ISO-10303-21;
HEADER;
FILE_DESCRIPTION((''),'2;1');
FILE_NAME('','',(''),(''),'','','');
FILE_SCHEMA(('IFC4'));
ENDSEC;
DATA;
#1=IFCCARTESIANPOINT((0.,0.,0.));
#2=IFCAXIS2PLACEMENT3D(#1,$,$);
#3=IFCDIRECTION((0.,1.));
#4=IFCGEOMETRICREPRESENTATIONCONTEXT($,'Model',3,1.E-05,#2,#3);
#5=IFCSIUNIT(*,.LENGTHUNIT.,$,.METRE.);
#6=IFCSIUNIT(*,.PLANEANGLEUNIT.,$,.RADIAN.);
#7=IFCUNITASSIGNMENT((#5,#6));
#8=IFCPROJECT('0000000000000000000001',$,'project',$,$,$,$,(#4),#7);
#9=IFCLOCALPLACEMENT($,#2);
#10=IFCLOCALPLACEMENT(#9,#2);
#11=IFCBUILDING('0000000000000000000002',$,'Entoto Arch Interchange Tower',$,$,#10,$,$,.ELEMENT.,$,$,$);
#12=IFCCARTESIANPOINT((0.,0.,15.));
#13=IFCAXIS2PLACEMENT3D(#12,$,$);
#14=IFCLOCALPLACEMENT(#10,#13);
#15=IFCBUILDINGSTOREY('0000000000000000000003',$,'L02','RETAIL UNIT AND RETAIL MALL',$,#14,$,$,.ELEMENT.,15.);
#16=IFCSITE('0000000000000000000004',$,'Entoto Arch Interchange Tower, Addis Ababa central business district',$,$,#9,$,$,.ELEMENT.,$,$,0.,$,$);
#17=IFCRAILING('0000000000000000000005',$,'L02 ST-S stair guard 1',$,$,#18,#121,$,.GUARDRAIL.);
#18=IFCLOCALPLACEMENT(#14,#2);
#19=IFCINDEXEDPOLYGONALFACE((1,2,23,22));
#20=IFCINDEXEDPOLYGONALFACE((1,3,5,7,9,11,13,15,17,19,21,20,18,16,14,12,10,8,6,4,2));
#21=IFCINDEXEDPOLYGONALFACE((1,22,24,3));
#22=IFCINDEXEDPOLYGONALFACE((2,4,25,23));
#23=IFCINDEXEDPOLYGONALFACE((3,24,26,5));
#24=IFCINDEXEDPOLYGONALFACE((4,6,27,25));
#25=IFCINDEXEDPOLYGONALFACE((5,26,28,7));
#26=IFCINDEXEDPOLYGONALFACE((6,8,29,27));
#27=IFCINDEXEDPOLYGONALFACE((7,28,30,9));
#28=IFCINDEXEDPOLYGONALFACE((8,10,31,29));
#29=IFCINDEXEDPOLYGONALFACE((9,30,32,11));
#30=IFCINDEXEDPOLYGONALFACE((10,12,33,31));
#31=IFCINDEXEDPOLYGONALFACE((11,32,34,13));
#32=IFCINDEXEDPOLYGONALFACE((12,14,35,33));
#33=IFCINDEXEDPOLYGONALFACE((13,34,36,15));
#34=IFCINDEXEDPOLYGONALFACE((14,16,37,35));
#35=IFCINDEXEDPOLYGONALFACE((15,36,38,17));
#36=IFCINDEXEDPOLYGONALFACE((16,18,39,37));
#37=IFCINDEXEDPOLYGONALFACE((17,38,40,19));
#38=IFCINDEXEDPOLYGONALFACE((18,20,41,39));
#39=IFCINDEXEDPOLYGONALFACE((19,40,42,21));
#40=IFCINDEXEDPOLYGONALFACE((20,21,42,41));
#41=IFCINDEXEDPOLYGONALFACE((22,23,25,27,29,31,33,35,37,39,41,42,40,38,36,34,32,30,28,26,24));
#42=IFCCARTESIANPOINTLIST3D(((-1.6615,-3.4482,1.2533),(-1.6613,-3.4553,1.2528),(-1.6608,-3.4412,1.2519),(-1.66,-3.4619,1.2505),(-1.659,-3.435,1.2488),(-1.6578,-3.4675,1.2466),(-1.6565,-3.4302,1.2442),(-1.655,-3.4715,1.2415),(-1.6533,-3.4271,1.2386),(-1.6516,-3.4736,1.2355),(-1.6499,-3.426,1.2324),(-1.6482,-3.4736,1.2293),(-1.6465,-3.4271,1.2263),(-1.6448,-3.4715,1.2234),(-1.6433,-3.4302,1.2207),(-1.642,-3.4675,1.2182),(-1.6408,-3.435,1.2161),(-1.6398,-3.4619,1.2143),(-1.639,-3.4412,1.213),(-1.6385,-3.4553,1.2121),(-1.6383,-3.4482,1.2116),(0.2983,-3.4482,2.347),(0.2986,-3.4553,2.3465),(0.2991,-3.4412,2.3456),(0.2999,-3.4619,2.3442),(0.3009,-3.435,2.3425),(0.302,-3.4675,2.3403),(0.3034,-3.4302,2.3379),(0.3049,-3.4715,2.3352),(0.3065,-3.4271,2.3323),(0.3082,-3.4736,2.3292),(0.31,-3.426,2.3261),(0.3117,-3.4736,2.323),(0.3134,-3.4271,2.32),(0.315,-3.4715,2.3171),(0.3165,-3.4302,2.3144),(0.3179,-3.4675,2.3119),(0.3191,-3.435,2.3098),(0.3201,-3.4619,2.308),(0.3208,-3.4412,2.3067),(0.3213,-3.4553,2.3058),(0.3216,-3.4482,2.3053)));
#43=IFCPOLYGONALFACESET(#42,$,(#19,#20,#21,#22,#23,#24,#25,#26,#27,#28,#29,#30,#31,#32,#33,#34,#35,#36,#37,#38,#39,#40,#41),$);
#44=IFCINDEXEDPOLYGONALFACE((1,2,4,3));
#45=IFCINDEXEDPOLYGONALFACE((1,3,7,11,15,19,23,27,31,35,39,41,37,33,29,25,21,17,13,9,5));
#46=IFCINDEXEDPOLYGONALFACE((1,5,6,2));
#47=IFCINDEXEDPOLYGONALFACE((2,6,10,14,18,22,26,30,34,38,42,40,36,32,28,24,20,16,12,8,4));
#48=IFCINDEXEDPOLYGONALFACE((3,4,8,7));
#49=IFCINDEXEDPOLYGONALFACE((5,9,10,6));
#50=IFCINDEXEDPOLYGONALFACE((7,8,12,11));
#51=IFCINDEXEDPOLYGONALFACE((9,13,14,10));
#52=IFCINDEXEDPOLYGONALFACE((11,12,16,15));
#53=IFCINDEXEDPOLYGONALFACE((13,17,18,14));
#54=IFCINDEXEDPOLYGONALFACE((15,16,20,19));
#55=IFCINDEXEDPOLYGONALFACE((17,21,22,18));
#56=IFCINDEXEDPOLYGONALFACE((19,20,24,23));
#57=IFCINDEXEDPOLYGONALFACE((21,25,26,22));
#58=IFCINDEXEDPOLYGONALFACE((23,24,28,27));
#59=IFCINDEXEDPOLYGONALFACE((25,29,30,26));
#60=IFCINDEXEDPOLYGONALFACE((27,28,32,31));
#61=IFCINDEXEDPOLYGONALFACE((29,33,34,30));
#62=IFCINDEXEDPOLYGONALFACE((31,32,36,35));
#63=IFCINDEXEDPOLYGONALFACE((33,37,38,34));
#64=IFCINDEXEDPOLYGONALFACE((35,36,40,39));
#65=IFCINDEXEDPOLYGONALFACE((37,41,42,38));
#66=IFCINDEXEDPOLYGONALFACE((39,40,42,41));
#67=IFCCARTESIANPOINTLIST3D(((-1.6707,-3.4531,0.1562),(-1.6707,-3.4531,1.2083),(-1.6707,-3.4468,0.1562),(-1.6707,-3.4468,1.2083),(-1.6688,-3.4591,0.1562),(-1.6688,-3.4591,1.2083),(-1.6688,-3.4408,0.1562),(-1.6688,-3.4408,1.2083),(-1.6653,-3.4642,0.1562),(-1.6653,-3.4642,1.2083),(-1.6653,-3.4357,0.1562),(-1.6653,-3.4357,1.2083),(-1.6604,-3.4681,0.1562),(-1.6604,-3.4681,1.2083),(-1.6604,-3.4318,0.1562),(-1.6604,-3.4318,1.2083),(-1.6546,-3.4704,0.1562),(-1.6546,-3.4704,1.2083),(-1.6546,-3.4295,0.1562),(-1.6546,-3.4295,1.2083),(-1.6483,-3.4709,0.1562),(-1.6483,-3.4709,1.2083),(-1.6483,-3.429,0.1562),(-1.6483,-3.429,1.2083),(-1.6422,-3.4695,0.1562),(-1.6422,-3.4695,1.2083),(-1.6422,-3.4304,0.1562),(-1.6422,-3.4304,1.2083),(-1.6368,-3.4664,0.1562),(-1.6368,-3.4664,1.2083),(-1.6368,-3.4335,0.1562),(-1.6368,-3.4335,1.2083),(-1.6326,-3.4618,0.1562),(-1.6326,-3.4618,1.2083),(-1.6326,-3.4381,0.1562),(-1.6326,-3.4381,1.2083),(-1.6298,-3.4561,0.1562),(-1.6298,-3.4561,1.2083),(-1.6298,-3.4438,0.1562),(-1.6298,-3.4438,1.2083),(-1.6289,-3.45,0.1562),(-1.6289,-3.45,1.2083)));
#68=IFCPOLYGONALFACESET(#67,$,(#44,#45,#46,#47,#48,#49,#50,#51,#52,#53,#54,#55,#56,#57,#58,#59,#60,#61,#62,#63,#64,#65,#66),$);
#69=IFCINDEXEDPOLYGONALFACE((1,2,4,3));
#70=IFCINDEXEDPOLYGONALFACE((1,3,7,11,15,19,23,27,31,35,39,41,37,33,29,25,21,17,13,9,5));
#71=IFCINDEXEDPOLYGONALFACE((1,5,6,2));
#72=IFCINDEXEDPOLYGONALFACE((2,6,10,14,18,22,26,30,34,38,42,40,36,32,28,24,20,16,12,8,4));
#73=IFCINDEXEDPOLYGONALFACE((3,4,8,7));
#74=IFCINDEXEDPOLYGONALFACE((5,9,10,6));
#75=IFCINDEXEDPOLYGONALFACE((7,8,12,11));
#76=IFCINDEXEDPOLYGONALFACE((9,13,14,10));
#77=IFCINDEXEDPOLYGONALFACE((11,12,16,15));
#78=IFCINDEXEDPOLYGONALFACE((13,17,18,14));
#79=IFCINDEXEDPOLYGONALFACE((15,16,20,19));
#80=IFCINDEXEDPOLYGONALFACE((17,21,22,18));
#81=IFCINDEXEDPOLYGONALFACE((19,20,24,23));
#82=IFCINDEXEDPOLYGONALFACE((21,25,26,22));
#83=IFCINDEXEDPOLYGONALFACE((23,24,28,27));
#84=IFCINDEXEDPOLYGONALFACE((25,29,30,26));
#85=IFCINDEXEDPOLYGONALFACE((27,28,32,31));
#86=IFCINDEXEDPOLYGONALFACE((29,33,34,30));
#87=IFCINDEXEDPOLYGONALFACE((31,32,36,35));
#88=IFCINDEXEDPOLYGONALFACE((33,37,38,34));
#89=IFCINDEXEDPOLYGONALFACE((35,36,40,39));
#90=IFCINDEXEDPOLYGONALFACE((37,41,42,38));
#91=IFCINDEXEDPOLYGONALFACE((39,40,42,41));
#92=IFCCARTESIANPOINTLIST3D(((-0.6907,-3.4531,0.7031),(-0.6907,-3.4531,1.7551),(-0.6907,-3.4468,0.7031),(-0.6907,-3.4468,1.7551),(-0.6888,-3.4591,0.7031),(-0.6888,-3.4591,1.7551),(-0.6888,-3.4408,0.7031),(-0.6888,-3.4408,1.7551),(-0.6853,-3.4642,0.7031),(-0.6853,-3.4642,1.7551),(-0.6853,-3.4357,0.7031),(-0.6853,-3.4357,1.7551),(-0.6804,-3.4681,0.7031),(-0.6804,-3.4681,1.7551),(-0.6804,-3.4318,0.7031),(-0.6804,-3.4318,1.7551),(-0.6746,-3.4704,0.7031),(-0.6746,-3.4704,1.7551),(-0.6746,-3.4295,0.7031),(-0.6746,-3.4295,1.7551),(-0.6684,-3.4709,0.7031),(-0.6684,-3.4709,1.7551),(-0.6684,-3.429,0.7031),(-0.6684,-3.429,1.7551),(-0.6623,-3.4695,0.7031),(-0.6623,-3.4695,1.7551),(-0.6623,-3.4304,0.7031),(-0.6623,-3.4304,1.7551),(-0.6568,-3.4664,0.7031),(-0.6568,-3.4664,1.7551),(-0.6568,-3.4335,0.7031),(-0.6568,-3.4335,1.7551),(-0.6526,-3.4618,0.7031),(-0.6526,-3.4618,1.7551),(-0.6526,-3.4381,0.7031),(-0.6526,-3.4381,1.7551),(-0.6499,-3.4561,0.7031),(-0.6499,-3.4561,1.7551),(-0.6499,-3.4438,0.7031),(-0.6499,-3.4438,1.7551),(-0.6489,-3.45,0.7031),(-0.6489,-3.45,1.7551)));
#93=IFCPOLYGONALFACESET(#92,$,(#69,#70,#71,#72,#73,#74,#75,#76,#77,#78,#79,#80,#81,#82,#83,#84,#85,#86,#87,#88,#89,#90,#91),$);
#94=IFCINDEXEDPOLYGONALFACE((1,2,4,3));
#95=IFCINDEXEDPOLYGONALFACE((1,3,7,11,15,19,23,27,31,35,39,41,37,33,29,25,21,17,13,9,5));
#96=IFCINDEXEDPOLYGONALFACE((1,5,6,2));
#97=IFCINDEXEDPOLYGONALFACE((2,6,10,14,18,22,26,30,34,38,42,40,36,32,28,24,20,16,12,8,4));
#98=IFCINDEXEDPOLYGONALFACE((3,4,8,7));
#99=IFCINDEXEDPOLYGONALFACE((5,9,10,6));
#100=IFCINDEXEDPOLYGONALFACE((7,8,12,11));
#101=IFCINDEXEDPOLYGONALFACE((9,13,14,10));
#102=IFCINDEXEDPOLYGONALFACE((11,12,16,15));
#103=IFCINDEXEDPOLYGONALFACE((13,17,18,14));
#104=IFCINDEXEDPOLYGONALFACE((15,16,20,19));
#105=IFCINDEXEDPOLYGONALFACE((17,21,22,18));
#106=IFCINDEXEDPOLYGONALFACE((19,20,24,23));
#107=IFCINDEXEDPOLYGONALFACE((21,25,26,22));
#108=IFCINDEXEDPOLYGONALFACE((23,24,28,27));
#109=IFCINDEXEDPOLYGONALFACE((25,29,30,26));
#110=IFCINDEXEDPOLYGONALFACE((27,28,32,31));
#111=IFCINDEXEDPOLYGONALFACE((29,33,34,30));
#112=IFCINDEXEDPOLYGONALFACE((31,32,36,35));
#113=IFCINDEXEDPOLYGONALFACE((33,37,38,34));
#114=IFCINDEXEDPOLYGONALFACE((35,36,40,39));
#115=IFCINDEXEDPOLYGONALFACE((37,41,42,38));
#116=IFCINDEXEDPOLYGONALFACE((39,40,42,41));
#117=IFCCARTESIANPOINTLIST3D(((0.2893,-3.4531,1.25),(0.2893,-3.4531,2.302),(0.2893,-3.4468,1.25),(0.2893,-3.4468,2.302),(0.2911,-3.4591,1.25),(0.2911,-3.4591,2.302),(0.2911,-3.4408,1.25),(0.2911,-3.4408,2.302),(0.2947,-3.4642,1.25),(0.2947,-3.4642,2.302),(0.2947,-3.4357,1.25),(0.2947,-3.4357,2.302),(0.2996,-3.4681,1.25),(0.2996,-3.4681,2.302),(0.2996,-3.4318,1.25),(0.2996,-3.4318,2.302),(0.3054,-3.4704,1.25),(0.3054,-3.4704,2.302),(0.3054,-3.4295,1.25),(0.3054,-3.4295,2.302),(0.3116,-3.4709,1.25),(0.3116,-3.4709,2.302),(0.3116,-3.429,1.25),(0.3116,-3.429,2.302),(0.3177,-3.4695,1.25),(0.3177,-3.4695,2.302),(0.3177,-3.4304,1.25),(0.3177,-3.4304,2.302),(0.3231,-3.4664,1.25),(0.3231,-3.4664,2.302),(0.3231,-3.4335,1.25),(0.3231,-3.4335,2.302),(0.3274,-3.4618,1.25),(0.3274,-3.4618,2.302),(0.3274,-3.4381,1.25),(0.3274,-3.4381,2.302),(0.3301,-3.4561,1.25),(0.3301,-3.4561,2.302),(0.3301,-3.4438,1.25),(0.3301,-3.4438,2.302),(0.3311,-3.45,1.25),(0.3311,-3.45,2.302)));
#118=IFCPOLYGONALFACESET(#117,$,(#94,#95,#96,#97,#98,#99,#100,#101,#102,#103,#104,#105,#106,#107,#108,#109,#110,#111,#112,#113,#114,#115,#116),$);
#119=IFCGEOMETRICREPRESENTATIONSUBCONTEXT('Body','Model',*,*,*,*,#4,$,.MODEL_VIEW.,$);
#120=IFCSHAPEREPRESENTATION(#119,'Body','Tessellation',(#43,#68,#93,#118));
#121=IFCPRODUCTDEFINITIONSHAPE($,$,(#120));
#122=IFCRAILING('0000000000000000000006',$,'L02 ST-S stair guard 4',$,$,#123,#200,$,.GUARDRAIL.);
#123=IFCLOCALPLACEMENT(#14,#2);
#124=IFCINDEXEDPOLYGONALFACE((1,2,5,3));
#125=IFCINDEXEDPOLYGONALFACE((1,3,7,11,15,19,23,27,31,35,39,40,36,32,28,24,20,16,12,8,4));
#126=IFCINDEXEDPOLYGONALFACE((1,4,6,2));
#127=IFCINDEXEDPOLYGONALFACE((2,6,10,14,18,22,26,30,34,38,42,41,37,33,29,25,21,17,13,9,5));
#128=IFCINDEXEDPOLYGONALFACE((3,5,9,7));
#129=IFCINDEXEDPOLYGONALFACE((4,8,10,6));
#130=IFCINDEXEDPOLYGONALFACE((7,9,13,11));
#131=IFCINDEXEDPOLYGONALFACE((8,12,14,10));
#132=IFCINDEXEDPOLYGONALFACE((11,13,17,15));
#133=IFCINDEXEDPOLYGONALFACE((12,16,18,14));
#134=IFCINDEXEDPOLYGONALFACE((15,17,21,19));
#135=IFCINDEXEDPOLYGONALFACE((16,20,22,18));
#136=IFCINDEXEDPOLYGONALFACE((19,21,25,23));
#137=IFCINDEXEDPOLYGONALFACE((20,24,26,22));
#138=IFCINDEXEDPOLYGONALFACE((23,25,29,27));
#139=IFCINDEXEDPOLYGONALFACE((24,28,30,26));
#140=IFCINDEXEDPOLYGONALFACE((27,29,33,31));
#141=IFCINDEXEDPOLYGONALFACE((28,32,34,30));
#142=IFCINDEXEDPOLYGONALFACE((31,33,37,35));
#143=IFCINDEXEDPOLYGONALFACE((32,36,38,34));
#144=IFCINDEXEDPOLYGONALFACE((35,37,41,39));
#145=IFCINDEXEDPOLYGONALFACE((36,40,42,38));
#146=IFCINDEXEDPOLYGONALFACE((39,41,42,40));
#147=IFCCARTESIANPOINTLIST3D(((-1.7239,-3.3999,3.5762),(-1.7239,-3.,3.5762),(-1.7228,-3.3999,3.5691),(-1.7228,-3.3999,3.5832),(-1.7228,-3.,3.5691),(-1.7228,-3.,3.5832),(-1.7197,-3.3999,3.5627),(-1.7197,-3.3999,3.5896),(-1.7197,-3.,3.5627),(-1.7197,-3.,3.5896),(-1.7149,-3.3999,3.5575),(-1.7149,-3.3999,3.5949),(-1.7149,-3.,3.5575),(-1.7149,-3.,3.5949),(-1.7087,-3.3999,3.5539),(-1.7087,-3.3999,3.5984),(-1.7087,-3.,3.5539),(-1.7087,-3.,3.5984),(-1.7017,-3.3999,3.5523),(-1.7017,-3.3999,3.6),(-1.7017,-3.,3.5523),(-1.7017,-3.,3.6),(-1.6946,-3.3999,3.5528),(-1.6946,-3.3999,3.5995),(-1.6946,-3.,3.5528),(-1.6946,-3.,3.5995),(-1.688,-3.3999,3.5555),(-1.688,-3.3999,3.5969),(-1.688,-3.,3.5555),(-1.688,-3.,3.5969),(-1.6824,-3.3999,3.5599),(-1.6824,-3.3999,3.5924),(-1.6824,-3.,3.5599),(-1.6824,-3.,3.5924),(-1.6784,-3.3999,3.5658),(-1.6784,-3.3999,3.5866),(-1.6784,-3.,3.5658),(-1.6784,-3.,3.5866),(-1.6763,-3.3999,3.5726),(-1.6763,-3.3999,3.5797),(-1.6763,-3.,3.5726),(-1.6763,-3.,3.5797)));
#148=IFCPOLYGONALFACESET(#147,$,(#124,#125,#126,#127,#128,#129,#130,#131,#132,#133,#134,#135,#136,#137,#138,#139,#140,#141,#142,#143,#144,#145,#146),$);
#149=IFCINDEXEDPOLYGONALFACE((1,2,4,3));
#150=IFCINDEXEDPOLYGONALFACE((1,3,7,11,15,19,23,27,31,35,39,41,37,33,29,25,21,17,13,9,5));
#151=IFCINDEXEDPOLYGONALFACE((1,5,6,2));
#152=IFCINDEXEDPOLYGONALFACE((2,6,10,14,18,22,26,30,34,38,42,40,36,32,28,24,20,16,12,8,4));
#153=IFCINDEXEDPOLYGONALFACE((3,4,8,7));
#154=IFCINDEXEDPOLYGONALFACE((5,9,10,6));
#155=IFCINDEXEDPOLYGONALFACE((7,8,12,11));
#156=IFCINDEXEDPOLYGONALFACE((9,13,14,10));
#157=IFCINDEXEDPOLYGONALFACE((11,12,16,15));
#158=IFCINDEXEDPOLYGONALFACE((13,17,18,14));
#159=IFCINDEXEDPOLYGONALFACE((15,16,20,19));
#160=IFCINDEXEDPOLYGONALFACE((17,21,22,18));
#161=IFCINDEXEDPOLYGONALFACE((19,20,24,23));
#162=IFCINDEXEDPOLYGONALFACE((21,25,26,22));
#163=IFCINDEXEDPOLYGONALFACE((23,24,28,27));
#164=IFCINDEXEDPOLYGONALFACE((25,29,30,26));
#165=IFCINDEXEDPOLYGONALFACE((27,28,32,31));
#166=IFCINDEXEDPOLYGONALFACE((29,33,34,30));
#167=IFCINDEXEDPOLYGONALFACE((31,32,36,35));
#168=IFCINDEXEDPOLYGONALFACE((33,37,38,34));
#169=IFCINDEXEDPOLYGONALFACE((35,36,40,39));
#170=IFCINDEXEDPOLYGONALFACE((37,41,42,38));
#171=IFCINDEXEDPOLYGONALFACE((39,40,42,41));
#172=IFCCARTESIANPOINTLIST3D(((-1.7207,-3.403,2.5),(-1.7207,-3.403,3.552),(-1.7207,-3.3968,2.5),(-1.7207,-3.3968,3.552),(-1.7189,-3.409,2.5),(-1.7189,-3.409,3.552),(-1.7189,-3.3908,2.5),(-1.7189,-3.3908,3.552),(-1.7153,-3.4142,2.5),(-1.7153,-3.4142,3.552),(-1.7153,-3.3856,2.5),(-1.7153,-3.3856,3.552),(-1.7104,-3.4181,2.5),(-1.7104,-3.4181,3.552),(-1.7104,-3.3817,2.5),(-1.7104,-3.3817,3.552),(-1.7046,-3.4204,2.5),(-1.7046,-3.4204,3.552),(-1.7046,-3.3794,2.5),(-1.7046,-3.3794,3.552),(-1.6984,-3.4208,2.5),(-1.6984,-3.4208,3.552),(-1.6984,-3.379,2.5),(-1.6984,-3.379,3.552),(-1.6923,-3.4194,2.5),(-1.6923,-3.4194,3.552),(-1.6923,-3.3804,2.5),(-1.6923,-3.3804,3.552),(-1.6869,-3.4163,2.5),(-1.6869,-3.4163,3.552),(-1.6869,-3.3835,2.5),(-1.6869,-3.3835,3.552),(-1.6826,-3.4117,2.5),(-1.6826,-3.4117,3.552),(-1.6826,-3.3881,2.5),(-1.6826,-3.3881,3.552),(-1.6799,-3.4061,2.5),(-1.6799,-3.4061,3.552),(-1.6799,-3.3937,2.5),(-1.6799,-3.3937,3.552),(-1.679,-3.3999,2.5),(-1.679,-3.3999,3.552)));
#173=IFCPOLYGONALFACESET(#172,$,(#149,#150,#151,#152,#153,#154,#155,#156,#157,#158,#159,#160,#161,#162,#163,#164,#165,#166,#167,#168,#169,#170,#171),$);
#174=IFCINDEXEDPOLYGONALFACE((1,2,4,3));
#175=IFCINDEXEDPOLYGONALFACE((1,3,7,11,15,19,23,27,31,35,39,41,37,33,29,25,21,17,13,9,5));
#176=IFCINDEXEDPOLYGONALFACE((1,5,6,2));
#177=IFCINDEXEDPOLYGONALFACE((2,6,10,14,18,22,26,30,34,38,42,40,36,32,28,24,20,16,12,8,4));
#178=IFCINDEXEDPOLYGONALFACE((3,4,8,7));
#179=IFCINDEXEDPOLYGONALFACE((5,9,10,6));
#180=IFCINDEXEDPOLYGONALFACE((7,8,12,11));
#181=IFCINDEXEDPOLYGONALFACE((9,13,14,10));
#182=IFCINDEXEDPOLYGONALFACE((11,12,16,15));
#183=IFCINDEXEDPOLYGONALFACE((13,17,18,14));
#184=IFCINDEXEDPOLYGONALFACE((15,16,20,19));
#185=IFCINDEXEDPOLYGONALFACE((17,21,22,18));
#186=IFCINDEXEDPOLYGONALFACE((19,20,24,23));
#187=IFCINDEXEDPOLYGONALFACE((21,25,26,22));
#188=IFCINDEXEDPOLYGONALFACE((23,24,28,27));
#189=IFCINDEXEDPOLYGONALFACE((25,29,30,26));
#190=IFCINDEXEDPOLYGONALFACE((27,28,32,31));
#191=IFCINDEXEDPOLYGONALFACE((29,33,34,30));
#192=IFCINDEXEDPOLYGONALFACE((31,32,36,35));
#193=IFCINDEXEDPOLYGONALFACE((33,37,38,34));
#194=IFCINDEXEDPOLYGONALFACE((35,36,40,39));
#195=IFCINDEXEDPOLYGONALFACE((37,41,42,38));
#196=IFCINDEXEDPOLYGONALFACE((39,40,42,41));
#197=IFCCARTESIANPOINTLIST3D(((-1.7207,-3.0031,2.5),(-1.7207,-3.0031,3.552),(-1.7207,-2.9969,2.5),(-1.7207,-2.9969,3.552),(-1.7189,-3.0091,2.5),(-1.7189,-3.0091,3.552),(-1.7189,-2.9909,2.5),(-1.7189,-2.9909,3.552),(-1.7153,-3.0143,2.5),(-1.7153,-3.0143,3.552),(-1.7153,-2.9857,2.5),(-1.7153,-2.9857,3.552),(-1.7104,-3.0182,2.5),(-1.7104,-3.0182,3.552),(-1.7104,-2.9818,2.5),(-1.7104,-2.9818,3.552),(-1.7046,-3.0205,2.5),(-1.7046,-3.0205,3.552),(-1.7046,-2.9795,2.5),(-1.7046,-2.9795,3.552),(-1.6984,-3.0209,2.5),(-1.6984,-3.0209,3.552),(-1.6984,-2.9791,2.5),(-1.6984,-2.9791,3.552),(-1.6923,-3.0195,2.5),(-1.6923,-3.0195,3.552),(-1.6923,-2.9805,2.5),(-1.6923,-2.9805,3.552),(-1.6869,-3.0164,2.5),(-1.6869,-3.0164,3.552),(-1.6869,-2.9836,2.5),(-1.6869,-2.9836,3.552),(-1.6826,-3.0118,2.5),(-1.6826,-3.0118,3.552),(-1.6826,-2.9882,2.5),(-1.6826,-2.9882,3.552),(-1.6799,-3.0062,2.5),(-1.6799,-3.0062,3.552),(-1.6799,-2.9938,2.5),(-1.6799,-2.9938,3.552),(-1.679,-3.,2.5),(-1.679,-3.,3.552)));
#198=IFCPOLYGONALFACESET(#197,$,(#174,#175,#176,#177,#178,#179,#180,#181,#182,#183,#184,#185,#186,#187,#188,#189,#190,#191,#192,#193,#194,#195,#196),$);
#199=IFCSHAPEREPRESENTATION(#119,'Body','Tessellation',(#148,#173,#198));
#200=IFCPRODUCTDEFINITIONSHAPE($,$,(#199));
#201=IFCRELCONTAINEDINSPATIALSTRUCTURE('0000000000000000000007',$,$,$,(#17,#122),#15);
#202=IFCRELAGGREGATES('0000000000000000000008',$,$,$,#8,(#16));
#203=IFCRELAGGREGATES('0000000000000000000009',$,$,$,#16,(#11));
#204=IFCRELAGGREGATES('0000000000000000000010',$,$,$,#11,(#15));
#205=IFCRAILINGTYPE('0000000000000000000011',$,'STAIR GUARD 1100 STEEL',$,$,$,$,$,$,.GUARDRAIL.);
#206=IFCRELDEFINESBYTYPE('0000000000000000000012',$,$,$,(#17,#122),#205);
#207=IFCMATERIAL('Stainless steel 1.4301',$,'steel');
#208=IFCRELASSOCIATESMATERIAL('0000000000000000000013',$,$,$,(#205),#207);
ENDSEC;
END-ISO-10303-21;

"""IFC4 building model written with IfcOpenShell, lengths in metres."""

from ifc_helpers import new_model, si_unit, direction, frame, origin, origin_2d, place, context, subcontext, project, spatial, circle, extrude, material, type_object, element, save


model = new_model("IFC4")

# Units and contexts
model_context = context("Model", 3, precision=1e-05, world=origin(), true_north=direction((0.0, 1.0)))
body_context = subcontext(model_context, "Body", "Model", "MODEL_VIEW")
ifc_project = project(units=[si_unit("LENGTHUNIT", "METRE"), si_unit("PLANEANGLEUNIT", "RADIAN")], contexts=[model_context])

# Site, building, storey
site_placement = place(None, origin())
site = spatial("IfcSite", under=ifc_project, at=site_placement, Name="Entoto Arch Interchange Tower, Addis Ababa central business district", CompositionType="ELEMENT", RefElevation=0.0)
building_placement = place(site_placement, origin())
building = spatial("IfcBuilding", under=site, at=building_placement, Name="Entoto Arch Interchange Tower", CompositionType="ELEMENT")
storey_placement = place(building_placement, frame((0.0, 0.0, 15.0)))
storey = spatial("IfcBuildingStorey", under=building, at=storey_placement, Name="L02", Description="RETAIL UNIT AND RETAIL MALL", CompositionType="ELEMENT", Elevation=15.0)

# Railings
ifc_material_1 = material(Name="Stainless steel 1.4301", Category="steel")
railing_type_1 = type_object("IfcRailingType", Name="STAIR GUARD 1100 STEEL", PredefinedType="GUARDRAIL", material=ifc_material_1)
railing_1_placement = place(storey_placement, frame((-1.6499, -3.45, 0.1562)))
element("IfcRailing", 1, at=railing_1_placement, inside=storey, type_object=railing_type_1, Name="L02 ST-S stair guard 1", PredefinedType="GUARDRAIL", context=body_context, shape_type="SweptSolid", body=[
    extrude(circle(Radius=0.0239, at=origin_2d()), frame((0.0, 0.0, 1.0762), z_axis=(0.873232, 0.0, 0.487304), x_axis=(0.0, 1.0, 0.0)), (0.0, 0.0, 1.0), 2.2444),
    extrude(circle(Radius=0.021, at=origin_2d()), origin(), (0.0, 0.0, 1.0), 1.052),
    extrude(circle(Radius=0.021, at=origin_2d()), frame((0.98, 0.0, 0.5469)), (0.0, 0.0, 1.0), 1.052),
    extrude(circle(Radius=0.021, at=origin_2d()), frame((1.96, 0.0, 1.0938)), (0.0, 0.0, 1.0), 1.052),
])
railing_2_placement = place(storey_placement, frame((-1.7, -3.3999, 2.5)))
element("IfcRailing", 2, at=railing_2_placement, inside=storey, type_object=railing_type_1, Name="L02 ST-S stair guard 4", PredefinedType="GUARDRAIL", context=body_context, shape_type="SweptSolid", body=[
    extrude(circle(Radius=0.0239, at=origin_2d()), frame((0.0, 0.0, 1.0762), z_axis=(0.0, 1.0, 0.0), x_axis=(-1.0, 0.0, 0.0)), (0.0, 0.0, 1.0), 0.3999),
    extrude(circle(Radius=0.021, at=origin_2d()), origin(), (0.0, 0.0, 1.0), 1.052),
    extrude(circle(Radius=0.021, at=origin_2d()), frame((0.0, 0.3999, 0.0)), (0.0, 0.0, 1.0), 1.052),
])

save(model, "model.ifc")
